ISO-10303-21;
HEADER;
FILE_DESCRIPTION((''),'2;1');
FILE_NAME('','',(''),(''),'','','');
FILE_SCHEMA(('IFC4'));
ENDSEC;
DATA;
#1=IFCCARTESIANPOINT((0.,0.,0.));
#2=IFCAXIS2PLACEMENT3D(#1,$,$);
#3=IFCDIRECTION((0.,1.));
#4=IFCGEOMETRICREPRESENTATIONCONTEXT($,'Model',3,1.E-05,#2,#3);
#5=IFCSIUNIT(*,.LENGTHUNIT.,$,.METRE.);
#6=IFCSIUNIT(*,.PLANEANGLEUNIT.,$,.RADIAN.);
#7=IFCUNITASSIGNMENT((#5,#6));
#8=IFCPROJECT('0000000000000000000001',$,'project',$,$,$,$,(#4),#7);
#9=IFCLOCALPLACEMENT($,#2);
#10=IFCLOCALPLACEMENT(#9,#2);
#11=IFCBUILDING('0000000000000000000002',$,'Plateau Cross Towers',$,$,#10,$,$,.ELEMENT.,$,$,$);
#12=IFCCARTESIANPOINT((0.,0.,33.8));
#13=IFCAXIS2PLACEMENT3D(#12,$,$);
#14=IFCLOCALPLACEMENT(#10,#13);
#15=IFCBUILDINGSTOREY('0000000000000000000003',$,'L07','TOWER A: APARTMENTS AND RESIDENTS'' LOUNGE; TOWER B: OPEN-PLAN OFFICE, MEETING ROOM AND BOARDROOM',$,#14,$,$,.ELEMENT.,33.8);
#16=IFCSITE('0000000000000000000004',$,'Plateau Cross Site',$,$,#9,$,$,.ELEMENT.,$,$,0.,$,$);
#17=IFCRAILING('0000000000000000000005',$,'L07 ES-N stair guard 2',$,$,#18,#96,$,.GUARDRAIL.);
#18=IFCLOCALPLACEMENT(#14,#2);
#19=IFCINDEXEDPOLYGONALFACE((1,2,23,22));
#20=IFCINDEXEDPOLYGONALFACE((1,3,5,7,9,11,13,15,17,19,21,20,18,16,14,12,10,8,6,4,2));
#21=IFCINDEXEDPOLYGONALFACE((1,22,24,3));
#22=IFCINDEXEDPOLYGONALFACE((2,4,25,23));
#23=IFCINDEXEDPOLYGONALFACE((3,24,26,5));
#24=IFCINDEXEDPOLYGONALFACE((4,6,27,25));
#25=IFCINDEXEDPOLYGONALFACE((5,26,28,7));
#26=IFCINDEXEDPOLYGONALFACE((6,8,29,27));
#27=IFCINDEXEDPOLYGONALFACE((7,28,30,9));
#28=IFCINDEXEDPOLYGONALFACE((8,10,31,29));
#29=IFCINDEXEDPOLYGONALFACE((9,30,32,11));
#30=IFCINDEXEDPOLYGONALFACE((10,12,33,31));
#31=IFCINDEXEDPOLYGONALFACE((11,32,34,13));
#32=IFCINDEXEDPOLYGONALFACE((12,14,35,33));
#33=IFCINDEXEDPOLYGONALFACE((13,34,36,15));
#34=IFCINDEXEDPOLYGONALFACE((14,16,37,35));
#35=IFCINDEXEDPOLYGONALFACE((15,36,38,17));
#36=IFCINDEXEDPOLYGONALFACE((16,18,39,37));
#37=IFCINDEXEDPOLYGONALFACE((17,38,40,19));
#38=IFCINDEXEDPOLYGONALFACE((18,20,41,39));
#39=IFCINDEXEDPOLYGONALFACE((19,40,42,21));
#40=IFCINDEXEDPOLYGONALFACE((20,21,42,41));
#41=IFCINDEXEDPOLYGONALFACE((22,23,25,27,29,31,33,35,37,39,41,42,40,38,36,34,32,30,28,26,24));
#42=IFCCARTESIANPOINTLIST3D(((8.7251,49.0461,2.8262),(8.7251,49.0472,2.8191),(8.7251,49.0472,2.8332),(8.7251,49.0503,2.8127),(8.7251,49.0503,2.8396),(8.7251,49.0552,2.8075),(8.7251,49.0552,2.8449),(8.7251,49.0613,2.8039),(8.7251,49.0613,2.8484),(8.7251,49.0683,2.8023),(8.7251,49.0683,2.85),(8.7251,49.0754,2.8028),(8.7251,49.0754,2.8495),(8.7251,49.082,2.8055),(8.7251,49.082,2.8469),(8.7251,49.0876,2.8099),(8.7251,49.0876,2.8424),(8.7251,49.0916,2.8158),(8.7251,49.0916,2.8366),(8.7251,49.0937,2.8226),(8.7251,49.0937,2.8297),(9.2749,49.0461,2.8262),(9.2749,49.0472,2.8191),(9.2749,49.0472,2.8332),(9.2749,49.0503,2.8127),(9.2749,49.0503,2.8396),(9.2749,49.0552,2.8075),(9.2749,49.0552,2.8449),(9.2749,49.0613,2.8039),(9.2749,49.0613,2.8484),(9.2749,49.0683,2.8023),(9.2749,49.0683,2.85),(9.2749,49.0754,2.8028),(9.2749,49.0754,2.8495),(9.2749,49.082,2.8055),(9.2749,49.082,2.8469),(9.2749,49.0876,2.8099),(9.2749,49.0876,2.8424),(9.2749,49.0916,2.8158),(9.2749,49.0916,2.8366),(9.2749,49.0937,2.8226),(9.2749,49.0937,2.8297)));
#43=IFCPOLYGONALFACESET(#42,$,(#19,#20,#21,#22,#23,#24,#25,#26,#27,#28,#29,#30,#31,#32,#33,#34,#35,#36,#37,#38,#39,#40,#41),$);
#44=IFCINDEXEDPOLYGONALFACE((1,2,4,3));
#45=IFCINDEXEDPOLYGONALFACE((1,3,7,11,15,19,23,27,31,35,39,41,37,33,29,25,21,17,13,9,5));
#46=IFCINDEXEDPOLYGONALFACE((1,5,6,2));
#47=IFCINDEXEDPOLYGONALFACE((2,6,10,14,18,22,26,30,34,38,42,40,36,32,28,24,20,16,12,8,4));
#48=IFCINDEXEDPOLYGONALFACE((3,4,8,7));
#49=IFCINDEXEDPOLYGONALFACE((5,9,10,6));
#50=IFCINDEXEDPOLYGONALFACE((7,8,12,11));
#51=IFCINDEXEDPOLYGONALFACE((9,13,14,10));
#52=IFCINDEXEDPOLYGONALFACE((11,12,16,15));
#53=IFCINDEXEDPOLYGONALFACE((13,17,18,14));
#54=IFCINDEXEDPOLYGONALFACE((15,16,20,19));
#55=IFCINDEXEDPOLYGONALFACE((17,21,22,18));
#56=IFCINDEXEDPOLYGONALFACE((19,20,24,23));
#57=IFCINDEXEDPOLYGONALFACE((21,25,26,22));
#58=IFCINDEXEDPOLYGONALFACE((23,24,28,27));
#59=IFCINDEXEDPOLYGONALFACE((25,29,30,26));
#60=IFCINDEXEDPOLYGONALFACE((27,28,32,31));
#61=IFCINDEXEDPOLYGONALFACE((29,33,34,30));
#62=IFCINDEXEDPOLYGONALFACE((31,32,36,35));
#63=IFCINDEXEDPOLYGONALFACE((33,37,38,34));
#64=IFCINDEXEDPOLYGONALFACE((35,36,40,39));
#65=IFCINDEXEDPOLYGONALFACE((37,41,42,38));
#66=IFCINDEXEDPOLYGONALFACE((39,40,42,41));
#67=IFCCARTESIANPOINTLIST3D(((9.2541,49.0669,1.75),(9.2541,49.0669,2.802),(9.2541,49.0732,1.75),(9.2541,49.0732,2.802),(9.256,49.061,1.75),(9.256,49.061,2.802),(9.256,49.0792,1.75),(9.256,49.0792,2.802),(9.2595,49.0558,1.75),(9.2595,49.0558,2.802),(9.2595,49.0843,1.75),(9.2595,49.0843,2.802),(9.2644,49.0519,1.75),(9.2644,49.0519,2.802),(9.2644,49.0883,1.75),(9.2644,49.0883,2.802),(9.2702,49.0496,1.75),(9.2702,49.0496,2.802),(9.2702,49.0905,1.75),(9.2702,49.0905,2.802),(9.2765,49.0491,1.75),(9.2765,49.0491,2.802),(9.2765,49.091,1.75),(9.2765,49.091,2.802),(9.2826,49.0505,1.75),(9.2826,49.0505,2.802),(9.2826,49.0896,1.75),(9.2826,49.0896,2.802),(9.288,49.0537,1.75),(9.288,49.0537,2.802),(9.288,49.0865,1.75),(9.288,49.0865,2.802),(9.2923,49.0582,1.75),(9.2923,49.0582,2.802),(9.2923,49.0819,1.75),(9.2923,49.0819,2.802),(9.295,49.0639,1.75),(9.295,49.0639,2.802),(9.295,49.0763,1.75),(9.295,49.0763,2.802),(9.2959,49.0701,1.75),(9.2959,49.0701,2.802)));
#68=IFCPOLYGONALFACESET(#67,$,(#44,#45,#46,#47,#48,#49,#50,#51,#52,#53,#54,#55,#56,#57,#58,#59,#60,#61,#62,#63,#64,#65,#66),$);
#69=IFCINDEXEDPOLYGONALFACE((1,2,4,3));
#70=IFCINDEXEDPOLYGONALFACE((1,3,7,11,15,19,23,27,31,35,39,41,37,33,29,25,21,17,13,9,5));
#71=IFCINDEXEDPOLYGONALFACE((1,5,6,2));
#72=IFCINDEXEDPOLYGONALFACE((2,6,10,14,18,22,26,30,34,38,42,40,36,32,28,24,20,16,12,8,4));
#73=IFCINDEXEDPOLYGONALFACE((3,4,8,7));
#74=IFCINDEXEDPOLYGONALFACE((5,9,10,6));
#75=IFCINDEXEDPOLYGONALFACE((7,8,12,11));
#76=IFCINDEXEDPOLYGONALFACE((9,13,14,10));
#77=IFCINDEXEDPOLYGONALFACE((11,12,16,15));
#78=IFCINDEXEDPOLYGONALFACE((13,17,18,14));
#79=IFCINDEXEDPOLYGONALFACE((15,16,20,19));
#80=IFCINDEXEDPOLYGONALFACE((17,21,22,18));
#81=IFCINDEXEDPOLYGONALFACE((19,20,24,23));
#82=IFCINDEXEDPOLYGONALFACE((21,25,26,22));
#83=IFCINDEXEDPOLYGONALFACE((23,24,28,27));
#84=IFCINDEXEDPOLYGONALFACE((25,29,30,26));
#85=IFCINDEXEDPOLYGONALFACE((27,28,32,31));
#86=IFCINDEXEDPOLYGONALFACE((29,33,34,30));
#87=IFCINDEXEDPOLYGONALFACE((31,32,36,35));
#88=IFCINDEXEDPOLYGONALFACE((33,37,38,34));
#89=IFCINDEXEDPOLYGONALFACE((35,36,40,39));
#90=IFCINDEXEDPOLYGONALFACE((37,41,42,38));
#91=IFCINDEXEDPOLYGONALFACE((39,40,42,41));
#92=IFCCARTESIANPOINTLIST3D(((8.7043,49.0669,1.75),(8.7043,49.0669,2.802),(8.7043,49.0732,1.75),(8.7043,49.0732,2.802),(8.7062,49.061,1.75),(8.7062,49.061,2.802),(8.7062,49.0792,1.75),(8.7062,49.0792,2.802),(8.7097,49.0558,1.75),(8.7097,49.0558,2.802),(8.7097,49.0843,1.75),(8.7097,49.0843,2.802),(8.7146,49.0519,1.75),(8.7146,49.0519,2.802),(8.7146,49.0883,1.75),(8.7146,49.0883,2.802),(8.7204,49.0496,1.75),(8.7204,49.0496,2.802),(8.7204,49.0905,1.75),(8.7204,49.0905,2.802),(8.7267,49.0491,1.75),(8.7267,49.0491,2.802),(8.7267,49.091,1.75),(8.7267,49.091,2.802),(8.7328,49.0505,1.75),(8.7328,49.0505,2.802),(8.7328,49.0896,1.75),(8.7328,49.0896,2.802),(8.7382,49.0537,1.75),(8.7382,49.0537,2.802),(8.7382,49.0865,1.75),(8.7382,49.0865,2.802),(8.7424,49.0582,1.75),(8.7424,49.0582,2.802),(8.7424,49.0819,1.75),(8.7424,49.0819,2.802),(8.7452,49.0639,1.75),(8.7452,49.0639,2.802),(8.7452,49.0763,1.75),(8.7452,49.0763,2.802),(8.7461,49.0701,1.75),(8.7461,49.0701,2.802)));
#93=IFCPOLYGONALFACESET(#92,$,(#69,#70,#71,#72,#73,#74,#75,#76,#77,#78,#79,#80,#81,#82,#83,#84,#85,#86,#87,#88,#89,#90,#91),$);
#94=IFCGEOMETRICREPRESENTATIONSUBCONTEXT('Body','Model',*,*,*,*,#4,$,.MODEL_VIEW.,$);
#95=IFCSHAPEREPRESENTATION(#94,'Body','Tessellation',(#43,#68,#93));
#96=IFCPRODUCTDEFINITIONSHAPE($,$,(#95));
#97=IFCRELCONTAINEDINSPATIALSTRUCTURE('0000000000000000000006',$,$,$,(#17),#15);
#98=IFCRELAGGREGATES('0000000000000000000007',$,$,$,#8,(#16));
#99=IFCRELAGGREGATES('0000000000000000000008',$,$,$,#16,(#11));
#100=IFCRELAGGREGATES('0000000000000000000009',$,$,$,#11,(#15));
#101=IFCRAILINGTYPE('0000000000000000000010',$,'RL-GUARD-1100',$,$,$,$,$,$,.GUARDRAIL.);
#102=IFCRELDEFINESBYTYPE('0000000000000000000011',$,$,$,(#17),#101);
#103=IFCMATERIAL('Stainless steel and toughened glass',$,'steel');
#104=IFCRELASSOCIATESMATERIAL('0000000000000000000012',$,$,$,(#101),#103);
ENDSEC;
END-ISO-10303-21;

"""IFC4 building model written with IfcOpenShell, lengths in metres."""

from ifc_helpers import new_model, si_unit, direction, frame, origin, origin_2d, place, context, subcontext, project, spatial, circle, extrude, material, type_object, element, save


model = new_model("IFC4")

# Units and contexts
model_context = context("Model", 3, precision=1e-05, world=origin(), true_north=direction((0.0, 1.0)))
body_context = subcontext(model_context, "Body", "Model", "MODEL_VIEW")
ifc_project = project(units=[si_unit("LENGTHUNIT", "METRE"), si_unit("PLANEANGLEUNIT", "RADIAN")], contexts=[model_context])

# Site, building, storey
site_placement = place(None, origin())
site = spatial("IfcSite", under=ifc_project, at=site_placement, Name="Plateau Cross Site", CompositionType="ELEMENT", RefElevation=0.0)
building_placement = place(site_placement, origin())
building = spatial("IfcBuilding", under=site, at=building_placement, Name="Plateau Cross Towers", CompositionType="ELEMENT")
storey_placement = place(building_placement, frame((0.0, 0.0, 33.8)))
storey = spatial("IfcBuildingStorey", under=building, at=storey_placement, Name="L07", Description="TOWER A: APARTMENTS AND RESIDENTS' LOUNGE; TOWER B: OPEN-PLAN OFFICE, MEETING ROOM AND BOARDROOM", CompositionType="ELEMENT", Elevation=33.8)

# Railing
ifc_material_1 = material(Name="Stainless steel and toughened glass", Category="steel")
railing_type_1 = type_object("IfcRailingType", Name="RL-GUARD-1100", PredefinedType="GUARDRAIL", material=ifc_material_1)
railing_1_placement = place(storey_placement, frame((9.2749, 49.0701, 1.75)))
element("IfcRailing", 1, at=railing_1_placement, inside=storey, type_object=railing_type_1, Name="L07 ES-N stair guard 2", PredefinedType="GUARDRAIL", context=body_context, shape_type="SweptSolid", body=[
    extrude(circle(Radius=0.0239, at=origin_2d()), frame((0.0, 0.0, 1.0762), z_axis=(-1.0, 0.0, 0.0), x_axis=(0.0, -1.0, 0.0)), (0.0, 0.0, 1.0), 0.5498),
    extrude(circle(Radius=0.021, at=origin_2d()), origin(), (0.0, 0.0, 1.0), 1.052),
    extrude(circle(Radius=0.021, at=origin_2d()), frame((-0.5498, 0.0, 0.0)), (0.0, 0.0, 1.0), 1.052),
])

save(model, "model.ifc")
